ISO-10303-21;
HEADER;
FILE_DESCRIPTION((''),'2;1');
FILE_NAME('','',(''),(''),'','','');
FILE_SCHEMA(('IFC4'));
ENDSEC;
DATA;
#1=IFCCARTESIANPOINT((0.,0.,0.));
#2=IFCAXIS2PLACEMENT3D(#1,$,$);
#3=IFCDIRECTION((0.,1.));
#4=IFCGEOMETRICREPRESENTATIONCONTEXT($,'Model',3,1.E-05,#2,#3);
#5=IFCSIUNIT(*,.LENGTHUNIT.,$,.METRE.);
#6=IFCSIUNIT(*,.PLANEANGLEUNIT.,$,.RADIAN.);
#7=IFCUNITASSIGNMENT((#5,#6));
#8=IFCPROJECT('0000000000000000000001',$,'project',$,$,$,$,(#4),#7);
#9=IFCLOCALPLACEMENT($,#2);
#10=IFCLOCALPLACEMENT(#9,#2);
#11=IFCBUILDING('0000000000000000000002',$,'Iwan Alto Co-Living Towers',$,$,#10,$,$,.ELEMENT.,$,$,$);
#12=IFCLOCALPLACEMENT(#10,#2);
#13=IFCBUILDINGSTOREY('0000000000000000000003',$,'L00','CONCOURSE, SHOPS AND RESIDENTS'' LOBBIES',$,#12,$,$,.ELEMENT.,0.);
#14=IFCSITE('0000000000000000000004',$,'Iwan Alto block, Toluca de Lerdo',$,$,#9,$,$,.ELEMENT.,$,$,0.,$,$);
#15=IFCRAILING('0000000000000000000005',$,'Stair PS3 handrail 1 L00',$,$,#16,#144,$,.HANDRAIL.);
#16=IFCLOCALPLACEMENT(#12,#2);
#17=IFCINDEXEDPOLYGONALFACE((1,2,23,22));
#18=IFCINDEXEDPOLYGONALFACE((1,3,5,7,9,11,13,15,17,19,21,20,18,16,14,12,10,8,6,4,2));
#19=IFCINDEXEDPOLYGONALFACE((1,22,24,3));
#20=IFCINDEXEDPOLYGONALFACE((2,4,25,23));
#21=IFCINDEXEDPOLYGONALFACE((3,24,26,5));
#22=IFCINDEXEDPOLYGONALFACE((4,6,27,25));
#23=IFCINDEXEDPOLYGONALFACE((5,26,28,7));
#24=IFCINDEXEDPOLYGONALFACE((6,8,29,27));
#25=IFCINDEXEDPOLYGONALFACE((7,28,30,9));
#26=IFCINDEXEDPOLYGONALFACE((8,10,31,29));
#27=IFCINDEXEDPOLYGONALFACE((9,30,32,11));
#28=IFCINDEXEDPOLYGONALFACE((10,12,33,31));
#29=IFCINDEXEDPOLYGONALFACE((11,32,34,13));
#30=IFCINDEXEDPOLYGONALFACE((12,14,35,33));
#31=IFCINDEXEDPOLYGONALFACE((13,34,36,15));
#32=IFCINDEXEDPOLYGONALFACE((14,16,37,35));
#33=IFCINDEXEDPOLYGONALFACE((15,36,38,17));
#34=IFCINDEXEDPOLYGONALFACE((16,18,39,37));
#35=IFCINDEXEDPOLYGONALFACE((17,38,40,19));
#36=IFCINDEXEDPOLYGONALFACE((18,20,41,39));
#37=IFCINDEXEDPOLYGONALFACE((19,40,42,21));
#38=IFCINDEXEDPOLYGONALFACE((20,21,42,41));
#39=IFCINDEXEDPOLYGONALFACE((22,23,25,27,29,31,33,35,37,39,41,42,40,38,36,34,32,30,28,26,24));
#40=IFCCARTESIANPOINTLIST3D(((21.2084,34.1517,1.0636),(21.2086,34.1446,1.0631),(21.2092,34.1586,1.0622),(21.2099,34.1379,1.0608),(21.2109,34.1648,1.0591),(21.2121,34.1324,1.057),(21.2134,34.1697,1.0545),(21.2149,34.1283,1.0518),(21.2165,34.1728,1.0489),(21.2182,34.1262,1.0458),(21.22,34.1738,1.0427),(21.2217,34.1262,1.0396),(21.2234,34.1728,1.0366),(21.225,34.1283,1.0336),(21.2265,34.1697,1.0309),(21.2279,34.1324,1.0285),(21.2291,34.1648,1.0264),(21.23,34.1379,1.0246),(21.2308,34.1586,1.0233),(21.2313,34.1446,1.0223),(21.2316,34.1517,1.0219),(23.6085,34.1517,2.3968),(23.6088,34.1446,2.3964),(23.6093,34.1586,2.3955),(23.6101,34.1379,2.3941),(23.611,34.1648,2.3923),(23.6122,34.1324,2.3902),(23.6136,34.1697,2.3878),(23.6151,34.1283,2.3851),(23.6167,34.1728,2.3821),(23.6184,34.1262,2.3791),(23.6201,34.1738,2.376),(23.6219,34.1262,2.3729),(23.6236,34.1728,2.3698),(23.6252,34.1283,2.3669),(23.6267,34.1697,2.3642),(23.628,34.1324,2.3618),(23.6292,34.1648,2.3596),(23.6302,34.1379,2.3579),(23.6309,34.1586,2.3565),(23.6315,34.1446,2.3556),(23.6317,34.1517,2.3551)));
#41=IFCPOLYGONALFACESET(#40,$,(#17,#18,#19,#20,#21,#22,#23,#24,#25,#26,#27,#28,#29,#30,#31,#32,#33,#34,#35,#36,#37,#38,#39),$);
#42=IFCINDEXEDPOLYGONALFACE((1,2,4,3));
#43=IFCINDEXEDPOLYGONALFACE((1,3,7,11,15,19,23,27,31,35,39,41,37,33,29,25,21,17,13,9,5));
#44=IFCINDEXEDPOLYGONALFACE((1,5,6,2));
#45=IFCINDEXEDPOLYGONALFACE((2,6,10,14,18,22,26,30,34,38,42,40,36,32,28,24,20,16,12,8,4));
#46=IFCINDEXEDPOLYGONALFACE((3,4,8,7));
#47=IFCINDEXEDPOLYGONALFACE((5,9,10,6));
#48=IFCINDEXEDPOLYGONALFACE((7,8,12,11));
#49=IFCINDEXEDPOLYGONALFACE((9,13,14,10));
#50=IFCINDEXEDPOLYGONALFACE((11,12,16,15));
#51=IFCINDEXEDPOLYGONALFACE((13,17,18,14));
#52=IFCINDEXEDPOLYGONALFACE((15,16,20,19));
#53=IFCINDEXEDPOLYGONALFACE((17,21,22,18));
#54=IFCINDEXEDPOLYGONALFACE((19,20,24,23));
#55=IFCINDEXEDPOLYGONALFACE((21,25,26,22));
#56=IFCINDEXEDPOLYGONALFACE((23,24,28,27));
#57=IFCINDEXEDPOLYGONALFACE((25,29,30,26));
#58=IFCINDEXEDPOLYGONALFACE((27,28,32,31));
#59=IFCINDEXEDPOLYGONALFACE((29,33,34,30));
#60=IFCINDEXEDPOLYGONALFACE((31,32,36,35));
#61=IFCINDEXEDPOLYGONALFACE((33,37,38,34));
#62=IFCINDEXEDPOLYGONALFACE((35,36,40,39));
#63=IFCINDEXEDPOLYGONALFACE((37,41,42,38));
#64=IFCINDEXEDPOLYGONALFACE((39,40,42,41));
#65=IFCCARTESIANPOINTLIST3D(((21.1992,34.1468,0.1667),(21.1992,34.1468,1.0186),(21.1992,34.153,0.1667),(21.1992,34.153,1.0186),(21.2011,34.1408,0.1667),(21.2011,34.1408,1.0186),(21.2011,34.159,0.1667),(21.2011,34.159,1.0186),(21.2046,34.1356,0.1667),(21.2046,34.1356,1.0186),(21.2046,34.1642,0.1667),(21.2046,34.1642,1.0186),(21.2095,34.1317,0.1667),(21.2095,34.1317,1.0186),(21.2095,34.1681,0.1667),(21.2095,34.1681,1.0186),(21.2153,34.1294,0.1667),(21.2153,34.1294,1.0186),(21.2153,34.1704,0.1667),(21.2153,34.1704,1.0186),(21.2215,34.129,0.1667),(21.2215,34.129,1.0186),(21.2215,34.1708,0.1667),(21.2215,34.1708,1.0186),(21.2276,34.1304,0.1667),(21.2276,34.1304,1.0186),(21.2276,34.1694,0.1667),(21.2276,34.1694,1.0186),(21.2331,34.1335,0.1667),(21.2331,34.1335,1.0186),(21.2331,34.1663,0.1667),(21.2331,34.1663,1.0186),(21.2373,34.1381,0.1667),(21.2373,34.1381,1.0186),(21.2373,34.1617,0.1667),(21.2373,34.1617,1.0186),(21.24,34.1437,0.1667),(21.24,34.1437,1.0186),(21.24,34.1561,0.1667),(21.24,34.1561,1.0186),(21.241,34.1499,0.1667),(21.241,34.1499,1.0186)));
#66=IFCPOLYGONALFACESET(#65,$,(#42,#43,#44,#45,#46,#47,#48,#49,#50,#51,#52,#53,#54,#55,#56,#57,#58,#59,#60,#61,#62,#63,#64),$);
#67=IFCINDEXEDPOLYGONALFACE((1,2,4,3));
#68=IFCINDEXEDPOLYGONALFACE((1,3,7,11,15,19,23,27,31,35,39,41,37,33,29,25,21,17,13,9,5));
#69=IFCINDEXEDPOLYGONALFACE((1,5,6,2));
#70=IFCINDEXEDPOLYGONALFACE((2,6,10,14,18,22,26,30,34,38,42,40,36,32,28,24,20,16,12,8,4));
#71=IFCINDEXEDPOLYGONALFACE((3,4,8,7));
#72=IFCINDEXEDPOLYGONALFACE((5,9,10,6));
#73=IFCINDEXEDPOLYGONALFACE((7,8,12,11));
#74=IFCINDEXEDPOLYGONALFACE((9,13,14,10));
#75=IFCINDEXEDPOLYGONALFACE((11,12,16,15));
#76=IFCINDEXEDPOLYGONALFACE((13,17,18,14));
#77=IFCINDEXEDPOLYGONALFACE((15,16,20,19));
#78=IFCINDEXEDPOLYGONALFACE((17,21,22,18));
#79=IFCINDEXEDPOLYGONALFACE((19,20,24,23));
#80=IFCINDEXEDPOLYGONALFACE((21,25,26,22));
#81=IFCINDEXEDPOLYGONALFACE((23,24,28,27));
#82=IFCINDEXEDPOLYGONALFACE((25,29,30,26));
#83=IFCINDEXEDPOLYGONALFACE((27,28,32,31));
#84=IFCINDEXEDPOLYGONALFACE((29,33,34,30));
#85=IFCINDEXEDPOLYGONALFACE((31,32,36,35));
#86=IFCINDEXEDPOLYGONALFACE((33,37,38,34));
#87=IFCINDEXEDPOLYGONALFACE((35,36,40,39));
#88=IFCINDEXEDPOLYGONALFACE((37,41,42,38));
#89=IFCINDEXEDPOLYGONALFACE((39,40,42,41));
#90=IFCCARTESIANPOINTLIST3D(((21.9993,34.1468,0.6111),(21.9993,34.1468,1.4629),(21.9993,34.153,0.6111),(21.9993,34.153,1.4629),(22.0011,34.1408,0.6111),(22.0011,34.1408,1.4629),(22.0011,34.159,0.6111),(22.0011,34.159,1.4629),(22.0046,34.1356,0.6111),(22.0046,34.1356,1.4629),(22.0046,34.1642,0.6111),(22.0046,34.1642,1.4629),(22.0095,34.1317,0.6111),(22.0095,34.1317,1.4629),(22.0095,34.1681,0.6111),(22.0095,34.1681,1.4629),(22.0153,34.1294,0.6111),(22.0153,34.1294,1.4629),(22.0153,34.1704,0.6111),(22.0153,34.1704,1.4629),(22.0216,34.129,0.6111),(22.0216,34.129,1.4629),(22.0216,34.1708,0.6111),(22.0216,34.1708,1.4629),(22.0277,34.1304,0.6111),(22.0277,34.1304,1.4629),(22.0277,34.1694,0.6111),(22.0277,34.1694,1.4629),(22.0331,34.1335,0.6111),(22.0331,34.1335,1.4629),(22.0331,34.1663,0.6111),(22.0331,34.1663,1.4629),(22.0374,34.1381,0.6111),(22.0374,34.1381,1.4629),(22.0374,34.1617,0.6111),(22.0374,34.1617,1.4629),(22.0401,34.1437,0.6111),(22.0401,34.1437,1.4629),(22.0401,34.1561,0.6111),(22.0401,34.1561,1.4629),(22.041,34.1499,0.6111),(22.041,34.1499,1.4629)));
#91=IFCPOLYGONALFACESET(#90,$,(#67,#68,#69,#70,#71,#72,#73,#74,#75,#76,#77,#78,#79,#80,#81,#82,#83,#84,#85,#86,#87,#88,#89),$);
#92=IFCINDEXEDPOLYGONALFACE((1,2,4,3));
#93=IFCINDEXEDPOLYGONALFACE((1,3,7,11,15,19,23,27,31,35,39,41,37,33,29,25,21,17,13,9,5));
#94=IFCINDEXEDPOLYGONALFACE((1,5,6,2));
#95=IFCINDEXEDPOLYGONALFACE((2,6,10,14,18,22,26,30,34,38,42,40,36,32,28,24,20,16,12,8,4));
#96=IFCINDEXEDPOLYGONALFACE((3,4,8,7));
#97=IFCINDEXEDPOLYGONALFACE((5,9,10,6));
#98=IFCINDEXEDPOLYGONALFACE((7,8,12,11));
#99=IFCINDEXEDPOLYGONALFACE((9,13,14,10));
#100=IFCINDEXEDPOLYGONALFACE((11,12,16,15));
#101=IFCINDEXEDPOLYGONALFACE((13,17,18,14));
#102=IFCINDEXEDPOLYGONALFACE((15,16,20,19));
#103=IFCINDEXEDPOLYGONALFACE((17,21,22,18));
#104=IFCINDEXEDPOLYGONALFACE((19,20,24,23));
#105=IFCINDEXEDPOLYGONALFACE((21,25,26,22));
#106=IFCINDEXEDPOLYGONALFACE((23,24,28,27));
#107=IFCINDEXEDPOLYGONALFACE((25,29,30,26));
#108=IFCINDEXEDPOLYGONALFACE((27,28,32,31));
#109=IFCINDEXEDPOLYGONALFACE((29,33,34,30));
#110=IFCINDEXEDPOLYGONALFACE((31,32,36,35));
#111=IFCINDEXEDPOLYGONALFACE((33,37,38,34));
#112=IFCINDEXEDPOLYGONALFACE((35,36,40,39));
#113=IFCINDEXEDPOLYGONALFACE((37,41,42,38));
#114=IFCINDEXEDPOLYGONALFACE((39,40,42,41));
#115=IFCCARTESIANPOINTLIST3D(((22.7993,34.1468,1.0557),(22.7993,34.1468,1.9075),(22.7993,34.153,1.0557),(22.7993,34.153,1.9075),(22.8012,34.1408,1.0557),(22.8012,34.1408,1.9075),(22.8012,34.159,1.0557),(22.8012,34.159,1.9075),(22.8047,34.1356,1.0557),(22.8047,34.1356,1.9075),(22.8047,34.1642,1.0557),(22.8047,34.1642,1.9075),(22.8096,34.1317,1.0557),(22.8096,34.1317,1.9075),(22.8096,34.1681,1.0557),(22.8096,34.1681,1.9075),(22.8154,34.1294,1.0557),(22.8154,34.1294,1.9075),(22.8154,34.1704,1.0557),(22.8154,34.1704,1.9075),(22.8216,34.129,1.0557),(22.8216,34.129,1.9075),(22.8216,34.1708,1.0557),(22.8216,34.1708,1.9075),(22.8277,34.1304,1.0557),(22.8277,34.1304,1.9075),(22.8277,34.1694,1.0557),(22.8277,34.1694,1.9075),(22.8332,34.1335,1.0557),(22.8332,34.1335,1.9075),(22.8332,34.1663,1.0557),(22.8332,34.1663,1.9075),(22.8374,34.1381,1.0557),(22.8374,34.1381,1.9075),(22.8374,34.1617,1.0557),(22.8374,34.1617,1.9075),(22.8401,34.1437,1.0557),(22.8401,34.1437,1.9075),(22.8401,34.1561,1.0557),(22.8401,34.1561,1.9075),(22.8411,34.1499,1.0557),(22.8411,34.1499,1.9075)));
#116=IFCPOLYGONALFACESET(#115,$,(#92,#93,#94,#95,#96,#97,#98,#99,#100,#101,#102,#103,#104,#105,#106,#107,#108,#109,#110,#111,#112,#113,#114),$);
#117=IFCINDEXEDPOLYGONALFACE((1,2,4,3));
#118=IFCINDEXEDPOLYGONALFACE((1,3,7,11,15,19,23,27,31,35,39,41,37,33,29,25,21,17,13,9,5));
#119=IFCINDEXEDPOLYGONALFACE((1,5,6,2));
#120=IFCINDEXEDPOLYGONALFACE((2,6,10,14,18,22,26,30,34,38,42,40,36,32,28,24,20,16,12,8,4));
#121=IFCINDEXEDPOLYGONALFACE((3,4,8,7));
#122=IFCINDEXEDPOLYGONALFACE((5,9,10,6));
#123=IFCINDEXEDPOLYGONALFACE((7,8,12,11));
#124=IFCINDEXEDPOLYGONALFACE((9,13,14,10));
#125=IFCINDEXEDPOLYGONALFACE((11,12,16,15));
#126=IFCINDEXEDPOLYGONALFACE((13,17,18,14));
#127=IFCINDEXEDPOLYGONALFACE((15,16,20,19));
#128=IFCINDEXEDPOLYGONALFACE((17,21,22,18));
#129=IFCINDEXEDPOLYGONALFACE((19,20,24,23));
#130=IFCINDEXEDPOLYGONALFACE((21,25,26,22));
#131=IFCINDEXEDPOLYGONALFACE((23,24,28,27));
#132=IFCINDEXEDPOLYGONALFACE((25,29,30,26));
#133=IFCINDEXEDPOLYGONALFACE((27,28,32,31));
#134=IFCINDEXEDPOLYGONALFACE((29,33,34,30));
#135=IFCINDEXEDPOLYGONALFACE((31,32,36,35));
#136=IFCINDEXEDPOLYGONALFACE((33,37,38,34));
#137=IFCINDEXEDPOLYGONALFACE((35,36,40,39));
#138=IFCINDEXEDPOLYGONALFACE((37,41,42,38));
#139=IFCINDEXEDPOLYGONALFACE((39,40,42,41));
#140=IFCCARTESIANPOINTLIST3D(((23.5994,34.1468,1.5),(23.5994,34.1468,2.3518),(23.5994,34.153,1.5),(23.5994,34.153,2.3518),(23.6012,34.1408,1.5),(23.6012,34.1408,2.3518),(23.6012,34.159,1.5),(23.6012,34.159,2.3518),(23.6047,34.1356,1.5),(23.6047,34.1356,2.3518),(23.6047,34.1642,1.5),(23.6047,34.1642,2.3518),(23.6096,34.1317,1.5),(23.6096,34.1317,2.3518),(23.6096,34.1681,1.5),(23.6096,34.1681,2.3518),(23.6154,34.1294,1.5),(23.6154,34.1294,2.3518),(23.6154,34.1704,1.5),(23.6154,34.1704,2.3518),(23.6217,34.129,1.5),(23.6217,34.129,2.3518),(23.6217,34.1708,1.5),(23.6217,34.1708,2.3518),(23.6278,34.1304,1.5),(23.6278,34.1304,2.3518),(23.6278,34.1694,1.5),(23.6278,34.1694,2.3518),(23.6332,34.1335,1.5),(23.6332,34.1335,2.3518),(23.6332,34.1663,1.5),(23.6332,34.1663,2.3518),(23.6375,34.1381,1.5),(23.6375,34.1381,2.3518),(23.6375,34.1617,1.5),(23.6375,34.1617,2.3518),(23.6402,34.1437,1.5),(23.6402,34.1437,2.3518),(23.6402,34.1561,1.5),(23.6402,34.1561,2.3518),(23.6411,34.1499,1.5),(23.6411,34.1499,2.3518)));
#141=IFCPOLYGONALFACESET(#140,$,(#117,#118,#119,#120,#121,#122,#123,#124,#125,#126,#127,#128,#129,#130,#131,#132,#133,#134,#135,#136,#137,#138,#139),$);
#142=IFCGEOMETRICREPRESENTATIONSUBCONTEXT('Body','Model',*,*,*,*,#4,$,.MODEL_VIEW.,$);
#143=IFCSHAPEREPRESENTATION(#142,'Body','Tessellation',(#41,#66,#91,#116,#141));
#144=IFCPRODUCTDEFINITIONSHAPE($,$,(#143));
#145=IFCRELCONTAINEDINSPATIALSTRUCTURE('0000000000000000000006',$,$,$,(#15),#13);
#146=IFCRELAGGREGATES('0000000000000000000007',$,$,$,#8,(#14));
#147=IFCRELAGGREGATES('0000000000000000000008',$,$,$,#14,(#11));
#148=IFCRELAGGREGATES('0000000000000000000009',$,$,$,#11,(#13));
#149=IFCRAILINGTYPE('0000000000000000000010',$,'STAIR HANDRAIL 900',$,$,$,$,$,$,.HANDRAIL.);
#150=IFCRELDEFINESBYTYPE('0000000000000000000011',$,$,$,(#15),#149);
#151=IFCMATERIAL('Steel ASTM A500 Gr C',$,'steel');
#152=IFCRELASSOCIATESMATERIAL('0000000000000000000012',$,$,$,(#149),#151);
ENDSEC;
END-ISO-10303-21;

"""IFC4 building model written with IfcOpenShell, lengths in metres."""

from ifc_helpers import new_model, si_unit, direction, frame, origin, origin_2d, place, context, subcontext, project, spatial, circle, extrude, material, type_object, element, save


model = new_model("IFC4")

# Units and contexts
model_context = context("Model", 3, precision=1e-05, world=origin(), true_north=direction((0.0, 1.0)))
body_context = subcontext(model_context, "Body", "Model", "MODEL_VIEW")
ifc_project = project(units=[si_unit("LENGTHUNIT", "METRE"), si_unit("PLANEANGLEUNIT", "RADIAN")], contexts=[model_context])

# Site, building, storey
site_placement = place(None, origin())
site = spatial("IfcSite", under=ifc_project, at=site_placement, Name="Iwan Alto block, Toluca de Lerdo", CompositionType="ELEMENT", RefElevation=0.0)
building_placement = place(site_placement, origin())
building = spatial("IfcBuilding", under=site, at=building_placement, Name="Iwan Alto Co-Living Towers", CompositionType="ELEMENT")
storey_placement = place(building_placement, origin())
storey = spatial("IfcBuildingStorey", under=building, at=storey_placement, Name="L00", Description="CONCOURSE, SHOPS AND RESIDENTS' LOBBIES", CompositionType="ELEMENT", Elevation=0.0)

# Railing
ifc_material_1 = material(Name="Steel ASTM A500 Gr C", Category="steel")
railing_type_1 = type_object("IfcRailingType", Name="STAIR HANDRAIL 900", PredefinedType="HANDRAIL", material=ifc_material_1)
railing_1_placement = place(storey_placement, frame((21.22, 34.1499, 0.1667)))
element("IfcRailing", 1, at=railing_1_placement, inside=storey, type_object=railing_type_1, Name="Stair PS3 handrail 1 L00", PredefinedType="HANDRAIL", context=body_context, shape_type="SweptSolid", body=[
    extrude(circle(Radius=0.0239, at=origin_2d()), frame((0.0, 0.0, 0.876), z_axis=(0.874182, 0.0, 0.485598), x_axis=(0.0, 1.0, 0.0)), (0.0, 0.0, 1.0), 2.7456),
    extrude(circle(Radius=0.021, at=origin_2d()), origin(), (0.0, 0.0, 1.0), 0.8518),
    extrude(circle(Radius=0.021, at=origin_2d()), frame((0.8, 0.0, 0.4443)), (0.0, 0.0, 1.0), 0.8518),
    extrude(circle(Radius=0.021, at=origin_2d()), frame((1.6001, 0.0, 0.8889)), (0.0, 0.0, 1.0), 0.8518),
    extrude(circle(Radius=0.021, at=origin_2d()), frame((2.4001, 0.0, 1.3333)), (0.0, 0.0, 1.0), 0.8518),
])

save(model, "model.ifc")
